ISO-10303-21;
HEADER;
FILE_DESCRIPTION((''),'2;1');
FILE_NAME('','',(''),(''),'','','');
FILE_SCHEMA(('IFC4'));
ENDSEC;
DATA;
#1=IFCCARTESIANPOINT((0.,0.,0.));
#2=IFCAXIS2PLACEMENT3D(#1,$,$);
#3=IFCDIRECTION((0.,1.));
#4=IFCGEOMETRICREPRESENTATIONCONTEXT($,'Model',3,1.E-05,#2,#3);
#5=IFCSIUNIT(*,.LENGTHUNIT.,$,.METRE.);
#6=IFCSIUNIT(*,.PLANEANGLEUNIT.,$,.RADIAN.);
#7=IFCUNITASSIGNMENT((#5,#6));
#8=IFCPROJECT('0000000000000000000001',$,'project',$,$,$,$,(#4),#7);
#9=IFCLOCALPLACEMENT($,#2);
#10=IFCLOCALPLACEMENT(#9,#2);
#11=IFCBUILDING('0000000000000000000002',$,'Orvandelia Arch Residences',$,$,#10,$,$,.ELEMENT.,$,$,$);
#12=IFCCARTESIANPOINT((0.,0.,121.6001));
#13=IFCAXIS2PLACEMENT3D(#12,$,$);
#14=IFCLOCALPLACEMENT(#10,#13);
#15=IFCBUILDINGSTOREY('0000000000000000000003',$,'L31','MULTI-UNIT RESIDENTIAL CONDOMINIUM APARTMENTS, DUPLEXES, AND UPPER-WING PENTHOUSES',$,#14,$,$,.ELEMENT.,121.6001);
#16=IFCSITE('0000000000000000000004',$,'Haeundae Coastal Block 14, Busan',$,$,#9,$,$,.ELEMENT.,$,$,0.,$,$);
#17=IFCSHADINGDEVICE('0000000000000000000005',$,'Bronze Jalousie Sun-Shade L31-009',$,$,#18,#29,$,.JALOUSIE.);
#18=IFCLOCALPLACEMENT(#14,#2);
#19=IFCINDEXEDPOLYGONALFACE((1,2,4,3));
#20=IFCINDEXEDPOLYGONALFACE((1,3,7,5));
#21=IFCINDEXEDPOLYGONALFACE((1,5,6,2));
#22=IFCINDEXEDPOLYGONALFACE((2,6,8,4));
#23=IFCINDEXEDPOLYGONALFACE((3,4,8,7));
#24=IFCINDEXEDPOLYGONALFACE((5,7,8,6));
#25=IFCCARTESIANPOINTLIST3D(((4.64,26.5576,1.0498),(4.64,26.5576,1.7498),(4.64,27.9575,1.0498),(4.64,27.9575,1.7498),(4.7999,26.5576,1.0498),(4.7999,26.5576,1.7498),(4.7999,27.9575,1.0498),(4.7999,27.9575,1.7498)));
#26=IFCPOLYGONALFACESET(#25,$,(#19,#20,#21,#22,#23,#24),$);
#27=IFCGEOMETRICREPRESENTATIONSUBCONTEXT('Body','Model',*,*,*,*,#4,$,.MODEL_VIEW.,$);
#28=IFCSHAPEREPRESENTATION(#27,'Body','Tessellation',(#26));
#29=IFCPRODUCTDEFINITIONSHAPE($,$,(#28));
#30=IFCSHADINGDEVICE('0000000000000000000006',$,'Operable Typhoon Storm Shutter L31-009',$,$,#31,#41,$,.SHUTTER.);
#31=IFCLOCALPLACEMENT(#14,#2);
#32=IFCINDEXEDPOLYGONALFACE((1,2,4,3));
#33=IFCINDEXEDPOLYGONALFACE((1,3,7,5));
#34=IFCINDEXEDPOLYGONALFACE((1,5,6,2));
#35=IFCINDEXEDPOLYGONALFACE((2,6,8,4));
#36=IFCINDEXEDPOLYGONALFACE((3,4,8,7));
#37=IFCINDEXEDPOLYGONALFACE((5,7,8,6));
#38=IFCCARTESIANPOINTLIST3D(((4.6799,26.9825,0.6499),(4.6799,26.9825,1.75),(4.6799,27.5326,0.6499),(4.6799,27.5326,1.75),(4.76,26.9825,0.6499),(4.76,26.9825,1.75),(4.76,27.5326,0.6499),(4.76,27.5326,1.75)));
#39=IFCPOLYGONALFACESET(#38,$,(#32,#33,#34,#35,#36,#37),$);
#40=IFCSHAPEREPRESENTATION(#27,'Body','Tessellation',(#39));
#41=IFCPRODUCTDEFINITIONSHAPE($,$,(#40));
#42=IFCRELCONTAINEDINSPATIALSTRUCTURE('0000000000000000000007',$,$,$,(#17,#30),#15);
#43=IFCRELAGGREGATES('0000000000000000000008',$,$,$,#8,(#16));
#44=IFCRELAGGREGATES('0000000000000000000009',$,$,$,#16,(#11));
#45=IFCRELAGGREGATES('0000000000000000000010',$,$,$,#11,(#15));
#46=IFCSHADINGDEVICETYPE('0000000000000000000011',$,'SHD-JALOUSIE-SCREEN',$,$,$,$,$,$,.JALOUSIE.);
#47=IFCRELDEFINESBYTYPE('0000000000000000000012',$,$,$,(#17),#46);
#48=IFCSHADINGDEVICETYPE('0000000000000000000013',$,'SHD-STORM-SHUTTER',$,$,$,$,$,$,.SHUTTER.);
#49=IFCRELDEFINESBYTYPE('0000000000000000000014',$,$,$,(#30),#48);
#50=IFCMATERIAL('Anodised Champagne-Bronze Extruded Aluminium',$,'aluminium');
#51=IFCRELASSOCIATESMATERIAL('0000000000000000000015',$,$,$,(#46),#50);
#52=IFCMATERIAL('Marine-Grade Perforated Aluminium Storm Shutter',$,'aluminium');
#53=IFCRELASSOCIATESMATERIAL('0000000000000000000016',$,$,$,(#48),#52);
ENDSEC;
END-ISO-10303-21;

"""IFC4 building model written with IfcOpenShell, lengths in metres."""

from ifc_helpers import new_model, si_unit, direction, frame, origin, origin_2d, place, context, subcontext, project, spatial, rectangle, extrude, material, type_object, element, save


model = new_model("IFC4")

# Units and contexts
model_context = context("Model", 3, precision=1e-05, world=origin(), true_north=direction((0.0, 1.0)))
body_context = subcontext(model_context, "Body", "Model", "MODEL_VIEW")
ifc_project = project(units=[si_unit("LENGTHUNIT", "METRE"), si_unit("PLANEANGLEUNIT", "RADIAN")], contexts=[model_context])

# Site, building, storey
site_placement = place(None, origin())
site = spatial("IfcSite", under=ifc_project, at=site_placement, Name="Haeundae Coastal Block 14, Busan", CompositionType="ELEMENT", RefElevation=0.0)
building_placement = place(site_placement, origin())
building = spatial("IfcBuilding", under=site, at=building_placement, Name="Orvandelia Arch Residences", CompositionType="ELEMENT")
storey_placement = place(building_placement, frame((0.0, 0.0, 121.6001)))
storey = spatial("IfcBuildingStorey", under=building, at=storey_placement, Name="L31", Description="MULTI-UNIT RESIDENTIAL CONDOMINIUM APARTMENTS, DUPLEXES, AND UPPER-WING PENTHOUSES", CompositionType="ELEMENT", Elevation=121.6001)

# Shading devices
ifc_material_1 = material(Name="Anodised Champagne-Bronze Extruded Aluminium", Category="aluminium")
shading_device_type_1 = type_object("IfcShadingDeviceType", Name="SHD-JALOUSIE-SCREEN", PredefinedType="JALOUSIE", material=ifc_material_1)
shading_device_1_placement = place(storey_placement, frame((4.72, 27.2576, 1.0498), z_axis=(0.0, 0.0, 1.0), x_axis=(0.0, 1.0, 0.0)))
element("IfcShadingDevice", 1, at=shading_device_1_placement, inside=storey, type_object=shading_device_type_1, Name="Bronze Jalousie Sun-Shade L31-009", PredefinedType="JALOUSIE", context=body_context, shape_type="SweptSolid", body=[
    extrude(rectangle(XDim=1.3999, YDim=0.1599, at=origin_2d()), origin(), (0.0, 0.0, 1.0), 0.7),
])
ifc_material_2 = material(Name="Marine-Grade Perforated Aluminium Storm Shutter", Category="aluminium")
shading_device_type_2 = type_object("IfcShadingDeviceType", Name="SHD-STORM-SHUTTER", PredefinedType="SHUTTER", material=ifc_material_2)
shading_device_2_placement = place(storey_placement, frame((4.72, 27.2576, 0.6499), z_axis=(0.0, 0.0, 1.0), x_axis=(0.0, 1.0, 0.0)))
element("IfcShadingDevice", 2, at=shading_device_2_placement, inside=storey, type_object=shading_device_type_2, Name="Operable Typhoon Storm Shutter L31-009", PredefinedType="SHUTTER", context=body_context, shape_type="SweptSolid", body=[
    extrude(rectangle(XDim=0.55, YDim=0.0801, at=origin_2d()), origin(), (0.0, 0.0, 1.0), 1.1001),
])

save(model, "model.ifc")
